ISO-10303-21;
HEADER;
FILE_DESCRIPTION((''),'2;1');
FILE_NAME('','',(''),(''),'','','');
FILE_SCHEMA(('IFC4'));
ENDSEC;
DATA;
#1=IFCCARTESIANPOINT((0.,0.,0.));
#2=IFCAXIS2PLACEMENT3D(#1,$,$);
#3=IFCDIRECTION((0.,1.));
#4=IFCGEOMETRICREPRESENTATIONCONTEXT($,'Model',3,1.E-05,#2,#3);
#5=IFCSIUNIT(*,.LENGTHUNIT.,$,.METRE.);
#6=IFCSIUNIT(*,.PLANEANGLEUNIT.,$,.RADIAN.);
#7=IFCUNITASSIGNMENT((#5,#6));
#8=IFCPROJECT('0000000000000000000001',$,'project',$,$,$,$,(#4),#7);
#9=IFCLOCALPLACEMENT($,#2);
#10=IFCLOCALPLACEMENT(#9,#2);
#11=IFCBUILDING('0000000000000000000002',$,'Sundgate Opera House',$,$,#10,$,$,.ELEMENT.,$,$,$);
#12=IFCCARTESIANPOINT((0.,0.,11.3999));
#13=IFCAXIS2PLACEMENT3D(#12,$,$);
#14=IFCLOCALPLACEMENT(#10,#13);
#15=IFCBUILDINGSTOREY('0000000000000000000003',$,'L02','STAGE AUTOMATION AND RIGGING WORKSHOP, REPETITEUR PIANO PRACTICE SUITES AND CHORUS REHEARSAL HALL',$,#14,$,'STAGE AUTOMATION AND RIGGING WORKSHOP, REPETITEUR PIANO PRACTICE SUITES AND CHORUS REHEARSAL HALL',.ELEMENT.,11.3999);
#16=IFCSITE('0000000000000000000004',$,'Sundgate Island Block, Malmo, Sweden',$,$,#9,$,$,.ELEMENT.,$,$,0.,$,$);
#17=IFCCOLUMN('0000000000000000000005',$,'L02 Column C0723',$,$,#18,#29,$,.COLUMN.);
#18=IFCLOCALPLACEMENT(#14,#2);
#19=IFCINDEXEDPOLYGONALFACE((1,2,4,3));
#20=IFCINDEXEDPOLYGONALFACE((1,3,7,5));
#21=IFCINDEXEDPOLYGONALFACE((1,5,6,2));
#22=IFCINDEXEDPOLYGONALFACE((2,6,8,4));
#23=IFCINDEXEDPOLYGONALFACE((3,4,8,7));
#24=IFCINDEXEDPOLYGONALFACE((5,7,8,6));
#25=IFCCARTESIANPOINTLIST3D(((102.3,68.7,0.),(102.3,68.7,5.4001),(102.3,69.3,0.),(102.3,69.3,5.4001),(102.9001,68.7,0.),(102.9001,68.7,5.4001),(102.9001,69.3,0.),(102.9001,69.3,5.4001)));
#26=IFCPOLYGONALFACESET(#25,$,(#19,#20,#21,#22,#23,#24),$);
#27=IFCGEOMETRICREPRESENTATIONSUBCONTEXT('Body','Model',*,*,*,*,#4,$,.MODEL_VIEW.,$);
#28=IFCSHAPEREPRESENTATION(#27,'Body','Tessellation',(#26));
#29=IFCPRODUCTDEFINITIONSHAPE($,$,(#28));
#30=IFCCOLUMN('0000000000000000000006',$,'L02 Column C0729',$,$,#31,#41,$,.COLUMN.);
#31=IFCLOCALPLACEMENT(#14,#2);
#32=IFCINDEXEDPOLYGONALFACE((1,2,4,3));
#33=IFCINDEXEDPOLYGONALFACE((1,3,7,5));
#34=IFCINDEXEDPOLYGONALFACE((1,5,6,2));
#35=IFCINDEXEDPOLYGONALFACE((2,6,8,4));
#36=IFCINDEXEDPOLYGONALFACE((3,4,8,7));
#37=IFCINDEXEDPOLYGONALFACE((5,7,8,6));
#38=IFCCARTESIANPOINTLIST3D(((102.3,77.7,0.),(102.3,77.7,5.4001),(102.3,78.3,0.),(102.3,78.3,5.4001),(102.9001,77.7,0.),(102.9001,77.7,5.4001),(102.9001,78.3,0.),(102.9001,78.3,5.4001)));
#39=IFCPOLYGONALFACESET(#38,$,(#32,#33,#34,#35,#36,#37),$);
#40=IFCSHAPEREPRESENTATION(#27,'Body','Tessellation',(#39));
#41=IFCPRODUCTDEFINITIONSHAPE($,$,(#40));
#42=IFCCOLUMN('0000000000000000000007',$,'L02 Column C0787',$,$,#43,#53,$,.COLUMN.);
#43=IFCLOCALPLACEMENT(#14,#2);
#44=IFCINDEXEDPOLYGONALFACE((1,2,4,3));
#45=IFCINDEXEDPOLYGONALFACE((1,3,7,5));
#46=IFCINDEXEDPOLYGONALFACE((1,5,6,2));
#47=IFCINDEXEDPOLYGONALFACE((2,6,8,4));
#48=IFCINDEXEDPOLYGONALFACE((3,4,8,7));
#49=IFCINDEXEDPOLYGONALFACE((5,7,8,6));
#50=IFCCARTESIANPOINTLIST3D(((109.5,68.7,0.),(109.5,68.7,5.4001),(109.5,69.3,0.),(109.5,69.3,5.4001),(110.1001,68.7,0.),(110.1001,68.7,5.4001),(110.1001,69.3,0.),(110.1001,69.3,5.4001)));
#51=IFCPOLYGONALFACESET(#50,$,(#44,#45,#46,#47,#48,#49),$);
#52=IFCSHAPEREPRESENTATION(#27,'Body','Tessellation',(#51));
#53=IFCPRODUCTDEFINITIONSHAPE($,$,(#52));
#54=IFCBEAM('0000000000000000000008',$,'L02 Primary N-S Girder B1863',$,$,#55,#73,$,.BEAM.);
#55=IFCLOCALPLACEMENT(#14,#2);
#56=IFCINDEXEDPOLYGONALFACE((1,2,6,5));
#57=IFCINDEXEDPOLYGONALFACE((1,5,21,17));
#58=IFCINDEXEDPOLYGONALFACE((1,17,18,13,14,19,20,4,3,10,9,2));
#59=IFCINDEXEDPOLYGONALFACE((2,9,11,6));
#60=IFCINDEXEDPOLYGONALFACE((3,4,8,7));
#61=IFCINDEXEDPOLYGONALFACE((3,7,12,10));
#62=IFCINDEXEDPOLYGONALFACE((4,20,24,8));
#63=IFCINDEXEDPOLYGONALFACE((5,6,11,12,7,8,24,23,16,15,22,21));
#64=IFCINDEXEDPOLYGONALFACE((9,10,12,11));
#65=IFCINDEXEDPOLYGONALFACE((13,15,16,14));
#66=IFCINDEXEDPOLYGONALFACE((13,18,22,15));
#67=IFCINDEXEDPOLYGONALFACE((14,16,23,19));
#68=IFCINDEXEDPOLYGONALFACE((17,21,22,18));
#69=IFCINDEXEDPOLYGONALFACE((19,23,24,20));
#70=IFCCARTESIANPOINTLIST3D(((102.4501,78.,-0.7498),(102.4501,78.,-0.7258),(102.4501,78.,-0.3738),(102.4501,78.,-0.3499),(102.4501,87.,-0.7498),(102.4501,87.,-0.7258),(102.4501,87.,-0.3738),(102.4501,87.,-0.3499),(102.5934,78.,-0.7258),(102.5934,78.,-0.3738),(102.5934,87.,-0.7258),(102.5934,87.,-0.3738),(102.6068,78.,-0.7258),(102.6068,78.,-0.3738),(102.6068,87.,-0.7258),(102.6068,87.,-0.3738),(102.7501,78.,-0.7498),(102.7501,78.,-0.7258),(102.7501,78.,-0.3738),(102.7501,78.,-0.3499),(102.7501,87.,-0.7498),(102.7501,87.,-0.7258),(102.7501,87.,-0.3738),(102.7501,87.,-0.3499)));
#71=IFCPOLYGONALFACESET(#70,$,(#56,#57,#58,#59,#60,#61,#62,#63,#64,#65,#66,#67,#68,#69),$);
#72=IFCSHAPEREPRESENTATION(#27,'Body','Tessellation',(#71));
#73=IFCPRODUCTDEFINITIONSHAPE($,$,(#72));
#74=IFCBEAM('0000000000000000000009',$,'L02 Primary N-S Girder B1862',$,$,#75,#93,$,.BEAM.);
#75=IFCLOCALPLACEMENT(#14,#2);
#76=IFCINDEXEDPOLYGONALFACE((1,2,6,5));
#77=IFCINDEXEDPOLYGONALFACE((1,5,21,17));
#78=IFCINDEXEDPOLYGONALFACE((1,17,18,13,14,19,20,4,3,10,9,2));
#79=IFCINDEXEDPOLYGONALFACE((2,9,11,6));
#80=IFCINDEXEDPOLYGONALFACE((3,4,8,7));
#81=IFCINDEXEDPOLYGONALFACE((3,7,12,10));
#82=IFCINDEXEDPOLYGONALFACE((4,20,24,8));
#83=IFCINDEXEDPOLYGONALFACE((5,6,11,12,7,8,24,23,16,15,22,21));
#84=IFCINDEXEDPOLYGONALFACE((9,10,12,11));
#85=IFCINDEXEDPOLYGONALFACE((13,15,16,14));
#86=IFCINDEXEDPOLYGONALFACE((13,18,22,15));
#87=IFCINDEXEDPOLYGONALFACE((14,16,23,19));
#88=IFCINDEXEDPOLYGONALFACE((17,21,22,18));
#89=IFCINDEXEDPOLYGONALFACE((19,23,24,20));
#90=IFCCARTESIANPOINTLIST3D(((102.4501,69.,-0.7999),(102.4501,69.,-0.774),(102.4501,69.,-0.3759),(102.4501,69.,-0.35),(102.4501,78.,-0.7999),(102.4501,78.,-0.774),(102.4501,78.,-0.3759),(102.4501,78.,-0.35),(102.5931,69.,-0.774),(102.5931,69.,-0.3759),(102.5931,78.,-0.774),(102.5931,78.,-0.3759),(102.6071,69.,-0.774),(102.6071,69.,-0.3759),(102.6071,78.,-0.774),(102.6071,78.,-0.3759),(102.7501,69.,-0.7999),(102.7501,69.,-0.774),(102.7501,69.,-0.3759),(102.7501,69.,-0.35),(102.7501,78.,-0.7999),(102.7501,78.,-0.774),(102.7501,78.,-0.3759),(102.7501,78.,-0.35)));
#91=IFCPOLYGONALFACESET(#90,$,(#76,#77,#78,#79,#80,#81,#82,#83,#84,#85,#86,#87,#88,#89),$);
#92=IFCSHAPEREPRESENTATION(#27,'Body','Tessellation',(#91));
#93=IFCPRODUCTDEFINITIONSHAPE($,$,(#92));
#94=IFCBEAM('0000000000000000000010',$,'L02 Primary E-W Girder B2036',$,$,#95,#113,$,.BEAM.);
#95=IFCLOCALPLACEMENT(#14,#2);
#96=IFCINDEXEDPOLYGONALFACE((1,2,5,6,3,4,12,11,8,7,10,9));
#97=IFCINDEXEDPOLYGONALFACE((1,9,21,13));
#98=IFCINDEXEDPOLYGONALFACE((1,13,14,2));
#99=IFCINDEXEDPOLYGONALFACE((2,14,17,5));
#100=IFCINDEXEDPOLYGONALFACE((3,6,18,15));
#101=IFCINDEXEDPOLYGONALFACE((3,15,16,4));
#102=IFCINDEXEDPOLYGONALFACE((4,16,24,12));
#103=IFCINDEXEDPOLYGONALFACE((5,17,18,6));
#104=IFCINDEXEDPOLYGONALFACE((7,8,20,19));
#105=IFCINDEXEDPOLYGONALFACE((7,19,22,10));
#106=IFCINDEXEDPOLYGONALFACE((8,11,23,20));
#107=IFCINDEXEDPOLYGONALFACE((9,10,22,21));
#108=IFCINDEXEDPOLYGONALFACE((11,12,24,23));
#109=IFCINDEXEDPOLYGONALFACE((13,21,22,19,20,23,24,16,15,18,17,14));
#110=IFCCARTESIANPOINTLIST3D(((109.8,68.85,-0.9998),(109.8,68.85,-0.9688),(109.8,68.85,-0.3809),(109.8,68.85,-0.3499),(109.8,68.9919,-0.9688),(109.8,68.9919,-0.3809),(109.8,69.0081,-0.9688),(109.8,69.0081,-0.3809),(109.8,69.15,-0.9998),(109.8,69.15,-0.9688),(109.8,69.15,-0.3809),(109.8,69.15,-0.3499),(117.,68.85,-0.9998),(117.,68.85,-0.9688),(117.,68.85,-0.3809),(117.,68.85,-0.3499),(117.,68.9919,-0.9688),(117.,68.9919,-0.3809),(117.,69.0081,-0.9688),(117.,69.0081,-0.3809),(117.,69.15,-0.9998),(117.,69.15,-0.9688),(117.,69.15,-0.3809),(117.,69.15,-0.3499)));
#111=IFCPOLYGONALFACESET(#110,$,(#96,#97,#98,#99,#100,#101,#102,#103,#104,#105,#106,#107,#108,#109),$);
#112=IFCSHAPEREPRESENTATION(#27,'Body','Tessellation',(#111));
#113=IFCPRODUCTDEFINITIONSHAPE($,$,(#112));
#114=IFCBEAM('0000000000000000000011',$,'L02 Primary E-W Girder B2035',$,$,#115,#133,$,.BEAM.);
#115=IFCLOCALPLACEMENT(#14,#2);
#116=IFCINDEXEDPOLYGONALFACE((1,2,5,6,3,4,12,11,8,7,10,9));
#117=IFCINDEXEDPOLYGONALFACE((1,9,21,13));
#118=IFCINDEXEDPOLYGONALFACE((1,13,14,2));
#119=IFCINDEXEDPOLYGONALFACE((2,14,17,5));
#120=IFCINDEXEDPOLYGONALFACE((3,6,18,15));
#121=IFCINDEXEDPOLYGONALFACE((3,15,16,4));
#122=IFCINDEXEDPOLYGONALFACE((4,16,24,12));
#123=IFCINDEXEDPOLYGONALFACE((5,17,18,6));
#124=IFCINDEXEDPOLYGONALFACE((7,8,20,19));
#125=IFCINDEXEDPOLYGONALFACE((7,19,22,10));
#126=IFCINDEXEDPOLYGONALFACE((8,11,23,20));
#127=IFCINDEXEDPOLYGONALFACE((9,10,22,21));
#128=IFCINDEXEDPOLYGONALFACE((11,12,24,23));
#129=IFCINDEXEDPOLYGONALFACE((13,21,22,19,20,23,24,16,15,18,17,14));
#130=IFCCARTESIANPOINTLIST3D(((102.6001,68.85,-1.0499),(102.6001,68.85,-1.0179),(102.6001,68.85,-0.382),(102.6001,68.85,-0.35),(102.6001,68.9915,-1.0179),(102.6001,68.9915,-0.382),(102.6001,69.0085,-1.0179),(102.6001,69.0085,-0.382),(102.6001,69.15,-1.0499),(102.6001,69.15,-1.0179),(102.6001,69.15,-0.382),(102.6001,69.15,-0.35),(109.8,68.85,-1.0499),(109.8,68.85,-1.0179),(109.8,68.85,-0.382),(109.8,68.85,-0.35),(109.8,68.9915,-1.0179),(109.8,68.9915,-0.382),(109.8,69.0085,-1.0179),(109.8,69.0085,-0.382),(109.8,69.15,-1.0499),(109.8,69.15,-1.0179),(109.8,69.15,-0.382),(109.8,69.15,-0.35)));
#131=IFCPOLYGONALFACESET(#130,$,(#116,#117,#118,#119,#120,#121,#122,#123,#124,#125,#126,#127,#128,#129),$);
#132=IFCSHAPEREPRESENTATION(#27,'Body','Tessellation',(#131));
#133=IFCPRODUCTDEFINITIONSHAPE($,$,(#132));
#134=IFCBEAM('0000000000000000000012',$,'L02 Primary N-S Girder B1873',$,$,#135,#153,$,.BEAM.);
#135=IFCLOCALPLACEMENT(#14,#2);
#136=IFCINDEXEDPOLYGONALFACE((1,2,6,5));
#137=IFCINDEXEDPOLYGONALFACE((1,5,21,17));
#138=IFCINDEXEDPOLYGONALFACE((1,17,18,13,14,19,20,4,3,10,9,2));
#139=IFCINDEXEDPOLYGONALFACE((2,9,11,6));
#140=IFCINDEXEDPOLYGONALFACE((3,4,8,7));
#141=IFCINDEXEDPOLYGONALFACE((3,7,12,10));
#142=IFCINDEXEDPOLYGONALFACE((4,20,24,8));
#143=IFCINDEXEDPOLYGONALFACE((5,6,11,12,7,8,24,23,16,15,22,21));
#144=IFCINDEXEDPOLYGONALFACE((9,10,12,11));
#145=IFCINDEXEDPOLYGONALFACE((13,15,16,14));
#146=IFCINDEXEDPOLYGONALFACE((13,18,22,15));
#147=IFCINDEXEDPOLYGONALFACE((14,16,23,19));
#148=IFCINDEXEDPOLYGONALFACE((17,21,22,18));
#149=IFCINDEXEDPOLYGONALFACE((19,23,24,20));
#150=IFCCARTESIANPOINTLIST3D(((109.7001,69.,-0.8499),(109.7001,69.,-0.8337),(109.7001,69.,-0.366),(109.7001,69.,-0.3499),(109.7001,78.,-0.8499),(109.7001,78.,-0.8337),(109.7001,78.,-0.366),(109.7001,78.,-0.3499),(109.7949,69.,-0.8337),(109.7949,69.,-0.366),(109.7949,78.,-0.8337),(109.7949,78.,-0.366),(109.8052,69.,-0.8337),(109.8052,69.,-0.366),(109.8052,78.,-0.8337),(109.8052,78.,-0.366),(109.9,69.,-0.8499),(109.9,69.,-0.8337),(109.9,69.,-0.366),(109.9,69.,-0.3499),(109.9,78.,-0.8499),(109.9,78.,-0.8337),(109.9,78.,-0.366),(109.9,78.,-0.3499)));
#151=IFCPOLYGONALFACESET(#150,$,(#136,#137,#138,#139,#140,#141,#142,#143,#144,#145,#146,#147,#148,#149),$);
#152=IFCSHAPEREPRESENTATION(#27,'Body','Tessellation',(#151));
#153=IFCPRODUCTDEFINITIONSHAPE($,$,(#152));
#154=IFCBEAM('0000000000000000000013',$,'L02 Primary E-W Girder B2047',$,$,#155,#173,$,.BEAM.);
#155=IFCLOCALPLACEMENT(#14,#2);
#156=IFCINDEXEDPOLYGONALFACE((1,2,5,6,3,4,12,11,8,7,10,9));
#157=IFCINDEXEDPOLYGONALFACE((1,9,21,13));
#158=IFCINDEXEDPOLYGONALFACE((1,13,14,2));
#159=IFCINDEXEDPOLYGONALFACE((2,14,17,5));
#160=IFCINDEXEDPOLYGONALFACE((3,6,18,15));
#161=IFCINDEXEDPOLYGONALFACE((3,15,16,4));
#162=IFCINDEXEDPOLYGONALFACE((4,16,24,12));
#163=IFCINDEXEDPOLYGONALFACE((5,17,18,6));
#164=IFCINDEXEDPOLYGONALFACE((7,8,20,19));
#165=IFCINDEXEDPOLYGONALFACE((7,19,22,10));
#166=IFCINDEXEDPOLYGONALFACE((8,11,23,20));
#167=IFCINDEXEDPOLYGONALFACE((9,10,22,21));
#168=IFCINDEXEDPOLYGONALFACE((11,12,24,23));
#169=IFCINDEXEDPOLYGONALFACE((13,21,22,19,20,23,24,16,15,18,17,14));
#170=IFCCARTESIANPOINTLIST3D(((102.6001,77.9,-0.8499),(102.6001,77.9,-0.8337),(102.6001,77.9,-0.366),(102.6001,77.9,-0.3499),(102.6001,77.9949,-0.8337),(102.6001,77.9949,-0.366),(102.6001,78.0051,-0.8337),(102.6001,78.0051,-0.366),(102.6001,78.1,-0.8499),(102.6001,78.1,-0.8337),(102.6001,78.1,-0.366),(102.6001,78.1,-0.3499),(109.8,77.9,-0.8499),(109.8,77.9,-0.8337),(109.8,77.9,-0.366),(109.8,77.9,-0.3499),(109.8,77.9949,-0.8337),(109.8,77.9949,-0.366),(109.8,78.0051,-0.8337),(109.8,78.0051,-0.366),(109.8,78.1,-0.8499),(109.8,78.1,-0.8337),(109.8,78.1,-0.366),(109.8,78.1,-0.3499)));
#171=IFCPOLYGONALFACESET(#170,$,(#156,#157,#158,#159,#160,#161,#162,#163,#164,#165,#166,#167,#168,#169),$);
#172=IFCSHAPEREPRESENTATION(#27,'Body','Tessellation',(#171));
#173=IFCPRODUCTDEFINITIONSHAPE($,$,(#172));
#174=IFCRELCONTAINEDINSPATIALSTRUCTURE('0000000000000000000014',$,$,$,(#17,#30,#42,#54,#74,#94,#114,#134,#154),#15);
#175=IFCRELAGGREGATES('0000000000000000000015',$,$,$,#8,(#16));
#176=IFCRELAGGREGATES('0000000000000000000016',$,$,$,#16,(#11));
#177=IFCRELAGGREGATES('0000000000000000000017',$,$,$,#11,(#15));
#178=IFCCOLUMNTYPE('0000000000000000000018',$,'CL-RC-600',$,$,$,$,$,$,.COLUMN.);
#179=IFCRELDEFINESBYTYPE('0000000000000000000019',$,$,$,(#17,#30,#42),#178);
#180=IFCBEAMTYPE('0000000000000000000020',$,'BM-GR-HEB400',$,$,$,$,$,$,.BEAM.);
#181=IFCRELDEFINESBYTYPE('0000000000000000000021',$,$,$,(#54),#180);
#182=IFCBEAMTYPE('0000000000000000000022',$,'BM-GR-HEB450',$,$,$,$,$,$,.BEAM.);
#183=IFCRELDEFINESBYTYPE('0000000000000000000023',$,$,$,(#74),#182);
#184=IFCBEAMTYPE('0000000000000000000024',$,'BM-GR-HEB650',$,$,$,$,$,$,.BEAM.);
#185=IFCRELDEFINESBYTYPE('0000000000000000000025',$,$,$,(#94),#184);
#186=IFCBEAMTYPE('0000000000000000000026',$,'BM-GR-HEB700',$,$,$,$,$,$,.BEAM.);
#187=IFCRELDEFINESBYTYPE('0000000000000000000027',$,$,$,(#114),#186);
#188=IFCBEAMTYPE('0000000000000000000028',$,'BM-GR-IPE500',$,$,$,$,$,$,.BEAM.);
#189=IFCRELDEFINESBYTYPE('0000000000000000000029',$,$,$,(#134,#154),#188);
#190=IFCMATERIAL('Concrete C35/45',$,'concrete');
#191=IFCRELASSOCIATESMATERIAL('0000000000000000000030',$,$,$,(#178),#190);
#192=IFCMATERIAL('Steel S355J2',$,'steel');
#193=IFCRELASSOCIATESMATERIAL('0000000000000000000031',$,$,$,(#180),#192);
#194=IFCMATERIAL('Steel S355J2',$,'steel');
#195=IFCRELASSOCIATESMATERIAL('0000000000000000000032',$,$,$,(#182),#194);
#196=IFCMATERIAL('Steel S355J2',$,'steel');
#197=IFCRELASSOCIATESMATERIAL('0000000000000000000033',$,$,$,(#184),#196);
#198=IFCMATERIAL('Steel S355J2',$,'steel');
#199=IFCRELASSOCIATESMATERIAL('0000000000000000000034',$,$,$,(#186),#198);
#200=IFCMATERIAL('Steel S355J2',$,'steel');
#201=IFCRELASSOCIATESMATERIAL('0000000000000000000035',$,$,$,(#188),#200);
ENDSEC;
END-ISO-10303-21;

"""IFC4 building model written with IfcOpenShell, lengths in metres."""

from ifc_helpers import new_model, si_unit, direction, frame, origin, origin_2d, place, context, subcontext, project, spatial, rectangle, i_section, extrude, material, material_profile, profile_set, type_object, element, save


model = new_model("IFC4")

# Units and contexts
model_context = context("Model", 3, precision=1e-05, world=origin(), true_north=direction((0.0, 1.0)))
body_context = subcontext(model_context, "Body", "Model", "MODEL_VIEW")
ifc_project = project(units=[si_unit("LENGTHUNIT", "METRE"), si_unit("PLANEANGLEUNIT", "RADIAN")], contexts=[model_context])

# Site, building, storey
site_placement = place(None, origin())
site = spatial("IfcSite", under=ifc_project, at=site_placement, Name="Sundgate Island Block, Malmo, Sweden", CompositionType="ELEMENT", RefElevation=0.0)
building_placement = place(site_placement, origin())
building = spatial("IfcBuilding", under=site, at=building_placement, Name="Sundgate Opera House", CompositionType="ELEMENT")
storey_placement = place(building_placement, frame((0.0, 0.0, 11.3999)))
storey = spatial("IfcBuildingStorey", under=building, at=storey_placement, Name="L02", Description="STAGE AUTOMATION AND RIGGING WORKSHOP, REPETITEUR PIANO PRACTICE SUITES AND CHORUS REHEARSAL HALL", LongName="STAGE AUTOMATION AND RIGGING WORKSHOP, REPETITEUR PIANO PRACTICE SUITES AND CHORUS REHEARSAL HALL", CompositionType="ELEMENT", Elevation=11.3999)

# Columns
ifc_material_1 = material(Name="Concrete C35/45", Category="concrete")
ifc_material_profile_1 = material_profile(ifc_material_1, rectangle(XDim=0.6001, YDim=0.6001, at=origin_2d()), Name="RC 600x600")
ifc_profile_set_1 = profile_set([ifc_material_profile_1], Name="Concrete C35/45")
column_type = type_object("IfcColumnType", Name="CL-RC-600", PredefinedType="COLUMN", material=ifc_profile_set_1)
for number, where, z_axis, x_axis, name in (
    (1, (102.6001, 69.0, 0.0), (0.0, 0.0, 1.0), (1.0, 0.0, 0.0), "L02 Column C0723"),
    (2, (102.6001, 78.0, 0.0), (0.0, 0.0, 1.0), (1.0, 0.0, 0.0), "L02 Column C0729"),
    (3, (109.8, 69.0, 0.0), (0.0, 0.0, 1.0), (1.0, 0.0, 0.0), "L02 Column C0787"),
):
    element("IfcColumn", number, at=place(storey_placement, frame(where, z_axis=z_axis, x_axis=x_axis)), inside=storey, type_object=column_type, Name=name, PredefinedType="COLUMN", context=body_context, shape_type="SweptSolid", body=[
        extrude(rectangle(XDim=0.6001, YDim=0.6001, at=origin_2d()), origin(), (0.0, 0.0, 1.0), 5.4001),
    ])

# Beams
ifc_material_2 = material(Name="Steel S355J2", Category="steel")
ifc_material_profile_2 = material_profile(ifc_material_2, i_section(OverallWidth=0.3, OverallDepth=0.3999, WebThickness=0.0134, FlangeThickness=0.0239, at=origin_2d()), Name="HEB 400")
ifc_profile_set_2 = profile_set([ifc_material_profile_2], Name="Steel S355J2")
beam_type_1 = type_object("IfcBeamType", Name="BM-GR-HEB400", PredefinedType="BEAM", material=ifc_profile_set_2)
beam_1_placement = place(storey_placement, frame((102.6001, 78.0, -0.5498), z_axis=(0.0, 1.0, 0.0), x_axis=(-1.0, 0.0, 0.0)))
element("IfcBeam", 4, at=beam_1_placement, inside=storey, type_object=beam_type_1, Name="L02 Primary N-S Girder B1863", PredefinedType="BEAM", context=body_context, shape_type="SweptSolid", body=[
    extrude(i_section(OverallWidth=0.3, OverallDepth=0.3999, WebThickness=0.0134, FlangeThickness=0.0239, at=origin_2d()), origin(), (0.0, 0.0, 1.0), 9.0),
])
ifc_material_3 = material(Name="Steel S355J2", Category="steel")
ifc_material_profile_3 = material_profile(ifc_material_3, i_section(OverallWidth=0.3, OverallDepth=0.45, WebThickness=0.0139, FlangeThickness=0.0259, at=origin_2d()), Name="HEB 450")
ifc_profile_set_3 = profile_set([ifc_material_profile_3], Name="Steel S355J2")
beam_type_2 = type_object("IfcBeamType", Name="BM-GR-HEB450", PredefinedType="BEAM", material=ifc_profile_set_3)
beam_2_placement = place(storey_placement, frame((102.6001, 69.0, -0.575), z_axis=(0.0, 1.0, 0.0), x_axis=(-1.0, 0.0, 0.0)))
element("IfcBeam", 5, at=beam_2_placement, inside=storey, type_object=beam_type_2, Name="L02 Primary N-S Girder B1862", PredefinedType="BEAM", context=body_context, shape_type="SweptSolid", body=[
    extrude(i_section(OverallWidth=0.3, OverallDepth=0.45, WebThickness=0.0139, FlangeThickness=0.0259, at=origin_2d()), origin(), (0.0, 0.0, 1.0), 9.0),
])
ifc_material_4 = material(Name="Steel S355J2", Category="steel")
ifc_material_profile_4 = material_profile(ifc_material_4, i_section(OverallWidth=0.3, OverallDepth=0.6499, WebThickness=0.0161, FlangeThickness=0.031, at=origin_2d()), Name="HEB 650")
ifc_profile_set_4 = profile_set([ifc_material_profile_4], Name="Steel S355J2")
beam_type_3 = type_object("IfcBeamType", Name="BM-GR-HEB650", PredefinedType="BEAM", material=ifc_profile_set_4)
beam_3_placement = place(storey_placement, frame((109.8, 69.0, -0.6748), z_axis=(1.0, 0.0, 0.0), x_axis=(0.0, 1.0, 0.0)))
element("IfcBeam", 6, at=beam_3_placement, inside=storey, type_object=beam_type_3, Name="L02 Primary E-W Girder B2036", PredefinedType="BEAM", context=body_context, shape_type="SweptSolid", body=[
    extrude(i_section(OverallWidth=0.3, OverallDepth=0.6499, WebThickness=0.0161, FlangeThickness=0.031, at=origin_2d()), origin(), (0.0, 0.0, 1.0), 7.2),
])
ifc_material_5 = material(Name="Steel S355J2", Category="steel")
ifc_material_profile_5 = material_profile(ifc_material_5, i_section(OverallWidth=0.3, OverallDepth=0.7, WebThickness=0.0171, FlangeThickness=0.032, at=origin_2d()), Name="HEB 700")
ifc_profile_set_5 = profile_set([ifc_material_profile_5], Name="Steel S355J2")
beam_type_4 = type_object("IfcBeamType", Name="BM-GR-HEB700", PredefinedType="BEAM", material=ifc_profile_set_5)
beam_4_placement = place(storey_placement, frame((102.6001, 69.0, -0.7), z_axis=(1.0, 0.0, 0.0), x_axis=(0.0, 1.0, 0.0)))
element("IfcBeam", 7, at=beam_4_placement, inside=storey, type_object=beam_type_4, Name="L02 Primary E-W Girder B2035", PredefinedType="BEAM", context=body_context, shape_type="SweptSolid", body=[
    extrude(i_section(OverallWidth=0.3, OverallDepth=0.7, WebThickness=0.0171, FlangeThickness=0.032, at=origin_2d()), origin(), (0.0, 0.0, 1.0), 7.2),
])
ifc_material_6 = material(Name="Steel S355J2", Category="steel")
ifc_material_profile_6 = material_profile(ifc_material_6, i_section(OverallWidth=0.2, OverallDepth=0.5, WebThickness=0.0103, FlangeThickness=0.0161, at=origin_2d()), Name="IPE 500")
ifc_profile_set_6 = profile_set([ifc_material_profile_6], Name="Steel S355J2")
beam_type_5 = type_object("IfcBeamType", Name="BM-GR-IPE500", PredefinedType="BEAM", material=ifc_profile_set_6)
beam_5_placement = place(storey_placement, frame((109.8, 69.0, -0.5999), z_axis=(0.0, 1.0, 0.0), x_axis=(-1.0, 0.0, 0.0)))
element("IfcBeam", 8, at=beam_5_placement, inside=storey, type_object=beam_type_5, Name="L02 Primary N-S Girder B1873", PredefinedType="BEAM", context=body_context, shape_type="SweptSolid", body=[
    extrude(i_section(OverallWidth=0.2, OverallDepth=0.5, WebThickness=0.0103, FlangeThickness=0.0161, at=origin_2d()), origin(), (0.0, 0.0, 1.0), 9.0),
])
beam_6_placement = place(storey_placement, frame((102.6001, 78.0, -0.5999), z_axis=(1.0, 0.0, 0.0), x_axis=(0.0, 1.0, 0.0)))
element("IfcBeam", 9, at=beam_6_placement, inside=storey, type_object=beam_type_5, Name="L02 Primary E-W Girder B2047", PredefinedType="BEAM", context=body_context, shape_type="SweptSolid", body=[
    extrude(i_section(OverallWidth=0.2, OverallDepth=0.5, WebThickness=0.0103, FlangeThickness=0.0161, at=origin_2d()), origin(), (0.0, 0.0, 1.0), 7.2),
])

save(model, "model.ifc")
